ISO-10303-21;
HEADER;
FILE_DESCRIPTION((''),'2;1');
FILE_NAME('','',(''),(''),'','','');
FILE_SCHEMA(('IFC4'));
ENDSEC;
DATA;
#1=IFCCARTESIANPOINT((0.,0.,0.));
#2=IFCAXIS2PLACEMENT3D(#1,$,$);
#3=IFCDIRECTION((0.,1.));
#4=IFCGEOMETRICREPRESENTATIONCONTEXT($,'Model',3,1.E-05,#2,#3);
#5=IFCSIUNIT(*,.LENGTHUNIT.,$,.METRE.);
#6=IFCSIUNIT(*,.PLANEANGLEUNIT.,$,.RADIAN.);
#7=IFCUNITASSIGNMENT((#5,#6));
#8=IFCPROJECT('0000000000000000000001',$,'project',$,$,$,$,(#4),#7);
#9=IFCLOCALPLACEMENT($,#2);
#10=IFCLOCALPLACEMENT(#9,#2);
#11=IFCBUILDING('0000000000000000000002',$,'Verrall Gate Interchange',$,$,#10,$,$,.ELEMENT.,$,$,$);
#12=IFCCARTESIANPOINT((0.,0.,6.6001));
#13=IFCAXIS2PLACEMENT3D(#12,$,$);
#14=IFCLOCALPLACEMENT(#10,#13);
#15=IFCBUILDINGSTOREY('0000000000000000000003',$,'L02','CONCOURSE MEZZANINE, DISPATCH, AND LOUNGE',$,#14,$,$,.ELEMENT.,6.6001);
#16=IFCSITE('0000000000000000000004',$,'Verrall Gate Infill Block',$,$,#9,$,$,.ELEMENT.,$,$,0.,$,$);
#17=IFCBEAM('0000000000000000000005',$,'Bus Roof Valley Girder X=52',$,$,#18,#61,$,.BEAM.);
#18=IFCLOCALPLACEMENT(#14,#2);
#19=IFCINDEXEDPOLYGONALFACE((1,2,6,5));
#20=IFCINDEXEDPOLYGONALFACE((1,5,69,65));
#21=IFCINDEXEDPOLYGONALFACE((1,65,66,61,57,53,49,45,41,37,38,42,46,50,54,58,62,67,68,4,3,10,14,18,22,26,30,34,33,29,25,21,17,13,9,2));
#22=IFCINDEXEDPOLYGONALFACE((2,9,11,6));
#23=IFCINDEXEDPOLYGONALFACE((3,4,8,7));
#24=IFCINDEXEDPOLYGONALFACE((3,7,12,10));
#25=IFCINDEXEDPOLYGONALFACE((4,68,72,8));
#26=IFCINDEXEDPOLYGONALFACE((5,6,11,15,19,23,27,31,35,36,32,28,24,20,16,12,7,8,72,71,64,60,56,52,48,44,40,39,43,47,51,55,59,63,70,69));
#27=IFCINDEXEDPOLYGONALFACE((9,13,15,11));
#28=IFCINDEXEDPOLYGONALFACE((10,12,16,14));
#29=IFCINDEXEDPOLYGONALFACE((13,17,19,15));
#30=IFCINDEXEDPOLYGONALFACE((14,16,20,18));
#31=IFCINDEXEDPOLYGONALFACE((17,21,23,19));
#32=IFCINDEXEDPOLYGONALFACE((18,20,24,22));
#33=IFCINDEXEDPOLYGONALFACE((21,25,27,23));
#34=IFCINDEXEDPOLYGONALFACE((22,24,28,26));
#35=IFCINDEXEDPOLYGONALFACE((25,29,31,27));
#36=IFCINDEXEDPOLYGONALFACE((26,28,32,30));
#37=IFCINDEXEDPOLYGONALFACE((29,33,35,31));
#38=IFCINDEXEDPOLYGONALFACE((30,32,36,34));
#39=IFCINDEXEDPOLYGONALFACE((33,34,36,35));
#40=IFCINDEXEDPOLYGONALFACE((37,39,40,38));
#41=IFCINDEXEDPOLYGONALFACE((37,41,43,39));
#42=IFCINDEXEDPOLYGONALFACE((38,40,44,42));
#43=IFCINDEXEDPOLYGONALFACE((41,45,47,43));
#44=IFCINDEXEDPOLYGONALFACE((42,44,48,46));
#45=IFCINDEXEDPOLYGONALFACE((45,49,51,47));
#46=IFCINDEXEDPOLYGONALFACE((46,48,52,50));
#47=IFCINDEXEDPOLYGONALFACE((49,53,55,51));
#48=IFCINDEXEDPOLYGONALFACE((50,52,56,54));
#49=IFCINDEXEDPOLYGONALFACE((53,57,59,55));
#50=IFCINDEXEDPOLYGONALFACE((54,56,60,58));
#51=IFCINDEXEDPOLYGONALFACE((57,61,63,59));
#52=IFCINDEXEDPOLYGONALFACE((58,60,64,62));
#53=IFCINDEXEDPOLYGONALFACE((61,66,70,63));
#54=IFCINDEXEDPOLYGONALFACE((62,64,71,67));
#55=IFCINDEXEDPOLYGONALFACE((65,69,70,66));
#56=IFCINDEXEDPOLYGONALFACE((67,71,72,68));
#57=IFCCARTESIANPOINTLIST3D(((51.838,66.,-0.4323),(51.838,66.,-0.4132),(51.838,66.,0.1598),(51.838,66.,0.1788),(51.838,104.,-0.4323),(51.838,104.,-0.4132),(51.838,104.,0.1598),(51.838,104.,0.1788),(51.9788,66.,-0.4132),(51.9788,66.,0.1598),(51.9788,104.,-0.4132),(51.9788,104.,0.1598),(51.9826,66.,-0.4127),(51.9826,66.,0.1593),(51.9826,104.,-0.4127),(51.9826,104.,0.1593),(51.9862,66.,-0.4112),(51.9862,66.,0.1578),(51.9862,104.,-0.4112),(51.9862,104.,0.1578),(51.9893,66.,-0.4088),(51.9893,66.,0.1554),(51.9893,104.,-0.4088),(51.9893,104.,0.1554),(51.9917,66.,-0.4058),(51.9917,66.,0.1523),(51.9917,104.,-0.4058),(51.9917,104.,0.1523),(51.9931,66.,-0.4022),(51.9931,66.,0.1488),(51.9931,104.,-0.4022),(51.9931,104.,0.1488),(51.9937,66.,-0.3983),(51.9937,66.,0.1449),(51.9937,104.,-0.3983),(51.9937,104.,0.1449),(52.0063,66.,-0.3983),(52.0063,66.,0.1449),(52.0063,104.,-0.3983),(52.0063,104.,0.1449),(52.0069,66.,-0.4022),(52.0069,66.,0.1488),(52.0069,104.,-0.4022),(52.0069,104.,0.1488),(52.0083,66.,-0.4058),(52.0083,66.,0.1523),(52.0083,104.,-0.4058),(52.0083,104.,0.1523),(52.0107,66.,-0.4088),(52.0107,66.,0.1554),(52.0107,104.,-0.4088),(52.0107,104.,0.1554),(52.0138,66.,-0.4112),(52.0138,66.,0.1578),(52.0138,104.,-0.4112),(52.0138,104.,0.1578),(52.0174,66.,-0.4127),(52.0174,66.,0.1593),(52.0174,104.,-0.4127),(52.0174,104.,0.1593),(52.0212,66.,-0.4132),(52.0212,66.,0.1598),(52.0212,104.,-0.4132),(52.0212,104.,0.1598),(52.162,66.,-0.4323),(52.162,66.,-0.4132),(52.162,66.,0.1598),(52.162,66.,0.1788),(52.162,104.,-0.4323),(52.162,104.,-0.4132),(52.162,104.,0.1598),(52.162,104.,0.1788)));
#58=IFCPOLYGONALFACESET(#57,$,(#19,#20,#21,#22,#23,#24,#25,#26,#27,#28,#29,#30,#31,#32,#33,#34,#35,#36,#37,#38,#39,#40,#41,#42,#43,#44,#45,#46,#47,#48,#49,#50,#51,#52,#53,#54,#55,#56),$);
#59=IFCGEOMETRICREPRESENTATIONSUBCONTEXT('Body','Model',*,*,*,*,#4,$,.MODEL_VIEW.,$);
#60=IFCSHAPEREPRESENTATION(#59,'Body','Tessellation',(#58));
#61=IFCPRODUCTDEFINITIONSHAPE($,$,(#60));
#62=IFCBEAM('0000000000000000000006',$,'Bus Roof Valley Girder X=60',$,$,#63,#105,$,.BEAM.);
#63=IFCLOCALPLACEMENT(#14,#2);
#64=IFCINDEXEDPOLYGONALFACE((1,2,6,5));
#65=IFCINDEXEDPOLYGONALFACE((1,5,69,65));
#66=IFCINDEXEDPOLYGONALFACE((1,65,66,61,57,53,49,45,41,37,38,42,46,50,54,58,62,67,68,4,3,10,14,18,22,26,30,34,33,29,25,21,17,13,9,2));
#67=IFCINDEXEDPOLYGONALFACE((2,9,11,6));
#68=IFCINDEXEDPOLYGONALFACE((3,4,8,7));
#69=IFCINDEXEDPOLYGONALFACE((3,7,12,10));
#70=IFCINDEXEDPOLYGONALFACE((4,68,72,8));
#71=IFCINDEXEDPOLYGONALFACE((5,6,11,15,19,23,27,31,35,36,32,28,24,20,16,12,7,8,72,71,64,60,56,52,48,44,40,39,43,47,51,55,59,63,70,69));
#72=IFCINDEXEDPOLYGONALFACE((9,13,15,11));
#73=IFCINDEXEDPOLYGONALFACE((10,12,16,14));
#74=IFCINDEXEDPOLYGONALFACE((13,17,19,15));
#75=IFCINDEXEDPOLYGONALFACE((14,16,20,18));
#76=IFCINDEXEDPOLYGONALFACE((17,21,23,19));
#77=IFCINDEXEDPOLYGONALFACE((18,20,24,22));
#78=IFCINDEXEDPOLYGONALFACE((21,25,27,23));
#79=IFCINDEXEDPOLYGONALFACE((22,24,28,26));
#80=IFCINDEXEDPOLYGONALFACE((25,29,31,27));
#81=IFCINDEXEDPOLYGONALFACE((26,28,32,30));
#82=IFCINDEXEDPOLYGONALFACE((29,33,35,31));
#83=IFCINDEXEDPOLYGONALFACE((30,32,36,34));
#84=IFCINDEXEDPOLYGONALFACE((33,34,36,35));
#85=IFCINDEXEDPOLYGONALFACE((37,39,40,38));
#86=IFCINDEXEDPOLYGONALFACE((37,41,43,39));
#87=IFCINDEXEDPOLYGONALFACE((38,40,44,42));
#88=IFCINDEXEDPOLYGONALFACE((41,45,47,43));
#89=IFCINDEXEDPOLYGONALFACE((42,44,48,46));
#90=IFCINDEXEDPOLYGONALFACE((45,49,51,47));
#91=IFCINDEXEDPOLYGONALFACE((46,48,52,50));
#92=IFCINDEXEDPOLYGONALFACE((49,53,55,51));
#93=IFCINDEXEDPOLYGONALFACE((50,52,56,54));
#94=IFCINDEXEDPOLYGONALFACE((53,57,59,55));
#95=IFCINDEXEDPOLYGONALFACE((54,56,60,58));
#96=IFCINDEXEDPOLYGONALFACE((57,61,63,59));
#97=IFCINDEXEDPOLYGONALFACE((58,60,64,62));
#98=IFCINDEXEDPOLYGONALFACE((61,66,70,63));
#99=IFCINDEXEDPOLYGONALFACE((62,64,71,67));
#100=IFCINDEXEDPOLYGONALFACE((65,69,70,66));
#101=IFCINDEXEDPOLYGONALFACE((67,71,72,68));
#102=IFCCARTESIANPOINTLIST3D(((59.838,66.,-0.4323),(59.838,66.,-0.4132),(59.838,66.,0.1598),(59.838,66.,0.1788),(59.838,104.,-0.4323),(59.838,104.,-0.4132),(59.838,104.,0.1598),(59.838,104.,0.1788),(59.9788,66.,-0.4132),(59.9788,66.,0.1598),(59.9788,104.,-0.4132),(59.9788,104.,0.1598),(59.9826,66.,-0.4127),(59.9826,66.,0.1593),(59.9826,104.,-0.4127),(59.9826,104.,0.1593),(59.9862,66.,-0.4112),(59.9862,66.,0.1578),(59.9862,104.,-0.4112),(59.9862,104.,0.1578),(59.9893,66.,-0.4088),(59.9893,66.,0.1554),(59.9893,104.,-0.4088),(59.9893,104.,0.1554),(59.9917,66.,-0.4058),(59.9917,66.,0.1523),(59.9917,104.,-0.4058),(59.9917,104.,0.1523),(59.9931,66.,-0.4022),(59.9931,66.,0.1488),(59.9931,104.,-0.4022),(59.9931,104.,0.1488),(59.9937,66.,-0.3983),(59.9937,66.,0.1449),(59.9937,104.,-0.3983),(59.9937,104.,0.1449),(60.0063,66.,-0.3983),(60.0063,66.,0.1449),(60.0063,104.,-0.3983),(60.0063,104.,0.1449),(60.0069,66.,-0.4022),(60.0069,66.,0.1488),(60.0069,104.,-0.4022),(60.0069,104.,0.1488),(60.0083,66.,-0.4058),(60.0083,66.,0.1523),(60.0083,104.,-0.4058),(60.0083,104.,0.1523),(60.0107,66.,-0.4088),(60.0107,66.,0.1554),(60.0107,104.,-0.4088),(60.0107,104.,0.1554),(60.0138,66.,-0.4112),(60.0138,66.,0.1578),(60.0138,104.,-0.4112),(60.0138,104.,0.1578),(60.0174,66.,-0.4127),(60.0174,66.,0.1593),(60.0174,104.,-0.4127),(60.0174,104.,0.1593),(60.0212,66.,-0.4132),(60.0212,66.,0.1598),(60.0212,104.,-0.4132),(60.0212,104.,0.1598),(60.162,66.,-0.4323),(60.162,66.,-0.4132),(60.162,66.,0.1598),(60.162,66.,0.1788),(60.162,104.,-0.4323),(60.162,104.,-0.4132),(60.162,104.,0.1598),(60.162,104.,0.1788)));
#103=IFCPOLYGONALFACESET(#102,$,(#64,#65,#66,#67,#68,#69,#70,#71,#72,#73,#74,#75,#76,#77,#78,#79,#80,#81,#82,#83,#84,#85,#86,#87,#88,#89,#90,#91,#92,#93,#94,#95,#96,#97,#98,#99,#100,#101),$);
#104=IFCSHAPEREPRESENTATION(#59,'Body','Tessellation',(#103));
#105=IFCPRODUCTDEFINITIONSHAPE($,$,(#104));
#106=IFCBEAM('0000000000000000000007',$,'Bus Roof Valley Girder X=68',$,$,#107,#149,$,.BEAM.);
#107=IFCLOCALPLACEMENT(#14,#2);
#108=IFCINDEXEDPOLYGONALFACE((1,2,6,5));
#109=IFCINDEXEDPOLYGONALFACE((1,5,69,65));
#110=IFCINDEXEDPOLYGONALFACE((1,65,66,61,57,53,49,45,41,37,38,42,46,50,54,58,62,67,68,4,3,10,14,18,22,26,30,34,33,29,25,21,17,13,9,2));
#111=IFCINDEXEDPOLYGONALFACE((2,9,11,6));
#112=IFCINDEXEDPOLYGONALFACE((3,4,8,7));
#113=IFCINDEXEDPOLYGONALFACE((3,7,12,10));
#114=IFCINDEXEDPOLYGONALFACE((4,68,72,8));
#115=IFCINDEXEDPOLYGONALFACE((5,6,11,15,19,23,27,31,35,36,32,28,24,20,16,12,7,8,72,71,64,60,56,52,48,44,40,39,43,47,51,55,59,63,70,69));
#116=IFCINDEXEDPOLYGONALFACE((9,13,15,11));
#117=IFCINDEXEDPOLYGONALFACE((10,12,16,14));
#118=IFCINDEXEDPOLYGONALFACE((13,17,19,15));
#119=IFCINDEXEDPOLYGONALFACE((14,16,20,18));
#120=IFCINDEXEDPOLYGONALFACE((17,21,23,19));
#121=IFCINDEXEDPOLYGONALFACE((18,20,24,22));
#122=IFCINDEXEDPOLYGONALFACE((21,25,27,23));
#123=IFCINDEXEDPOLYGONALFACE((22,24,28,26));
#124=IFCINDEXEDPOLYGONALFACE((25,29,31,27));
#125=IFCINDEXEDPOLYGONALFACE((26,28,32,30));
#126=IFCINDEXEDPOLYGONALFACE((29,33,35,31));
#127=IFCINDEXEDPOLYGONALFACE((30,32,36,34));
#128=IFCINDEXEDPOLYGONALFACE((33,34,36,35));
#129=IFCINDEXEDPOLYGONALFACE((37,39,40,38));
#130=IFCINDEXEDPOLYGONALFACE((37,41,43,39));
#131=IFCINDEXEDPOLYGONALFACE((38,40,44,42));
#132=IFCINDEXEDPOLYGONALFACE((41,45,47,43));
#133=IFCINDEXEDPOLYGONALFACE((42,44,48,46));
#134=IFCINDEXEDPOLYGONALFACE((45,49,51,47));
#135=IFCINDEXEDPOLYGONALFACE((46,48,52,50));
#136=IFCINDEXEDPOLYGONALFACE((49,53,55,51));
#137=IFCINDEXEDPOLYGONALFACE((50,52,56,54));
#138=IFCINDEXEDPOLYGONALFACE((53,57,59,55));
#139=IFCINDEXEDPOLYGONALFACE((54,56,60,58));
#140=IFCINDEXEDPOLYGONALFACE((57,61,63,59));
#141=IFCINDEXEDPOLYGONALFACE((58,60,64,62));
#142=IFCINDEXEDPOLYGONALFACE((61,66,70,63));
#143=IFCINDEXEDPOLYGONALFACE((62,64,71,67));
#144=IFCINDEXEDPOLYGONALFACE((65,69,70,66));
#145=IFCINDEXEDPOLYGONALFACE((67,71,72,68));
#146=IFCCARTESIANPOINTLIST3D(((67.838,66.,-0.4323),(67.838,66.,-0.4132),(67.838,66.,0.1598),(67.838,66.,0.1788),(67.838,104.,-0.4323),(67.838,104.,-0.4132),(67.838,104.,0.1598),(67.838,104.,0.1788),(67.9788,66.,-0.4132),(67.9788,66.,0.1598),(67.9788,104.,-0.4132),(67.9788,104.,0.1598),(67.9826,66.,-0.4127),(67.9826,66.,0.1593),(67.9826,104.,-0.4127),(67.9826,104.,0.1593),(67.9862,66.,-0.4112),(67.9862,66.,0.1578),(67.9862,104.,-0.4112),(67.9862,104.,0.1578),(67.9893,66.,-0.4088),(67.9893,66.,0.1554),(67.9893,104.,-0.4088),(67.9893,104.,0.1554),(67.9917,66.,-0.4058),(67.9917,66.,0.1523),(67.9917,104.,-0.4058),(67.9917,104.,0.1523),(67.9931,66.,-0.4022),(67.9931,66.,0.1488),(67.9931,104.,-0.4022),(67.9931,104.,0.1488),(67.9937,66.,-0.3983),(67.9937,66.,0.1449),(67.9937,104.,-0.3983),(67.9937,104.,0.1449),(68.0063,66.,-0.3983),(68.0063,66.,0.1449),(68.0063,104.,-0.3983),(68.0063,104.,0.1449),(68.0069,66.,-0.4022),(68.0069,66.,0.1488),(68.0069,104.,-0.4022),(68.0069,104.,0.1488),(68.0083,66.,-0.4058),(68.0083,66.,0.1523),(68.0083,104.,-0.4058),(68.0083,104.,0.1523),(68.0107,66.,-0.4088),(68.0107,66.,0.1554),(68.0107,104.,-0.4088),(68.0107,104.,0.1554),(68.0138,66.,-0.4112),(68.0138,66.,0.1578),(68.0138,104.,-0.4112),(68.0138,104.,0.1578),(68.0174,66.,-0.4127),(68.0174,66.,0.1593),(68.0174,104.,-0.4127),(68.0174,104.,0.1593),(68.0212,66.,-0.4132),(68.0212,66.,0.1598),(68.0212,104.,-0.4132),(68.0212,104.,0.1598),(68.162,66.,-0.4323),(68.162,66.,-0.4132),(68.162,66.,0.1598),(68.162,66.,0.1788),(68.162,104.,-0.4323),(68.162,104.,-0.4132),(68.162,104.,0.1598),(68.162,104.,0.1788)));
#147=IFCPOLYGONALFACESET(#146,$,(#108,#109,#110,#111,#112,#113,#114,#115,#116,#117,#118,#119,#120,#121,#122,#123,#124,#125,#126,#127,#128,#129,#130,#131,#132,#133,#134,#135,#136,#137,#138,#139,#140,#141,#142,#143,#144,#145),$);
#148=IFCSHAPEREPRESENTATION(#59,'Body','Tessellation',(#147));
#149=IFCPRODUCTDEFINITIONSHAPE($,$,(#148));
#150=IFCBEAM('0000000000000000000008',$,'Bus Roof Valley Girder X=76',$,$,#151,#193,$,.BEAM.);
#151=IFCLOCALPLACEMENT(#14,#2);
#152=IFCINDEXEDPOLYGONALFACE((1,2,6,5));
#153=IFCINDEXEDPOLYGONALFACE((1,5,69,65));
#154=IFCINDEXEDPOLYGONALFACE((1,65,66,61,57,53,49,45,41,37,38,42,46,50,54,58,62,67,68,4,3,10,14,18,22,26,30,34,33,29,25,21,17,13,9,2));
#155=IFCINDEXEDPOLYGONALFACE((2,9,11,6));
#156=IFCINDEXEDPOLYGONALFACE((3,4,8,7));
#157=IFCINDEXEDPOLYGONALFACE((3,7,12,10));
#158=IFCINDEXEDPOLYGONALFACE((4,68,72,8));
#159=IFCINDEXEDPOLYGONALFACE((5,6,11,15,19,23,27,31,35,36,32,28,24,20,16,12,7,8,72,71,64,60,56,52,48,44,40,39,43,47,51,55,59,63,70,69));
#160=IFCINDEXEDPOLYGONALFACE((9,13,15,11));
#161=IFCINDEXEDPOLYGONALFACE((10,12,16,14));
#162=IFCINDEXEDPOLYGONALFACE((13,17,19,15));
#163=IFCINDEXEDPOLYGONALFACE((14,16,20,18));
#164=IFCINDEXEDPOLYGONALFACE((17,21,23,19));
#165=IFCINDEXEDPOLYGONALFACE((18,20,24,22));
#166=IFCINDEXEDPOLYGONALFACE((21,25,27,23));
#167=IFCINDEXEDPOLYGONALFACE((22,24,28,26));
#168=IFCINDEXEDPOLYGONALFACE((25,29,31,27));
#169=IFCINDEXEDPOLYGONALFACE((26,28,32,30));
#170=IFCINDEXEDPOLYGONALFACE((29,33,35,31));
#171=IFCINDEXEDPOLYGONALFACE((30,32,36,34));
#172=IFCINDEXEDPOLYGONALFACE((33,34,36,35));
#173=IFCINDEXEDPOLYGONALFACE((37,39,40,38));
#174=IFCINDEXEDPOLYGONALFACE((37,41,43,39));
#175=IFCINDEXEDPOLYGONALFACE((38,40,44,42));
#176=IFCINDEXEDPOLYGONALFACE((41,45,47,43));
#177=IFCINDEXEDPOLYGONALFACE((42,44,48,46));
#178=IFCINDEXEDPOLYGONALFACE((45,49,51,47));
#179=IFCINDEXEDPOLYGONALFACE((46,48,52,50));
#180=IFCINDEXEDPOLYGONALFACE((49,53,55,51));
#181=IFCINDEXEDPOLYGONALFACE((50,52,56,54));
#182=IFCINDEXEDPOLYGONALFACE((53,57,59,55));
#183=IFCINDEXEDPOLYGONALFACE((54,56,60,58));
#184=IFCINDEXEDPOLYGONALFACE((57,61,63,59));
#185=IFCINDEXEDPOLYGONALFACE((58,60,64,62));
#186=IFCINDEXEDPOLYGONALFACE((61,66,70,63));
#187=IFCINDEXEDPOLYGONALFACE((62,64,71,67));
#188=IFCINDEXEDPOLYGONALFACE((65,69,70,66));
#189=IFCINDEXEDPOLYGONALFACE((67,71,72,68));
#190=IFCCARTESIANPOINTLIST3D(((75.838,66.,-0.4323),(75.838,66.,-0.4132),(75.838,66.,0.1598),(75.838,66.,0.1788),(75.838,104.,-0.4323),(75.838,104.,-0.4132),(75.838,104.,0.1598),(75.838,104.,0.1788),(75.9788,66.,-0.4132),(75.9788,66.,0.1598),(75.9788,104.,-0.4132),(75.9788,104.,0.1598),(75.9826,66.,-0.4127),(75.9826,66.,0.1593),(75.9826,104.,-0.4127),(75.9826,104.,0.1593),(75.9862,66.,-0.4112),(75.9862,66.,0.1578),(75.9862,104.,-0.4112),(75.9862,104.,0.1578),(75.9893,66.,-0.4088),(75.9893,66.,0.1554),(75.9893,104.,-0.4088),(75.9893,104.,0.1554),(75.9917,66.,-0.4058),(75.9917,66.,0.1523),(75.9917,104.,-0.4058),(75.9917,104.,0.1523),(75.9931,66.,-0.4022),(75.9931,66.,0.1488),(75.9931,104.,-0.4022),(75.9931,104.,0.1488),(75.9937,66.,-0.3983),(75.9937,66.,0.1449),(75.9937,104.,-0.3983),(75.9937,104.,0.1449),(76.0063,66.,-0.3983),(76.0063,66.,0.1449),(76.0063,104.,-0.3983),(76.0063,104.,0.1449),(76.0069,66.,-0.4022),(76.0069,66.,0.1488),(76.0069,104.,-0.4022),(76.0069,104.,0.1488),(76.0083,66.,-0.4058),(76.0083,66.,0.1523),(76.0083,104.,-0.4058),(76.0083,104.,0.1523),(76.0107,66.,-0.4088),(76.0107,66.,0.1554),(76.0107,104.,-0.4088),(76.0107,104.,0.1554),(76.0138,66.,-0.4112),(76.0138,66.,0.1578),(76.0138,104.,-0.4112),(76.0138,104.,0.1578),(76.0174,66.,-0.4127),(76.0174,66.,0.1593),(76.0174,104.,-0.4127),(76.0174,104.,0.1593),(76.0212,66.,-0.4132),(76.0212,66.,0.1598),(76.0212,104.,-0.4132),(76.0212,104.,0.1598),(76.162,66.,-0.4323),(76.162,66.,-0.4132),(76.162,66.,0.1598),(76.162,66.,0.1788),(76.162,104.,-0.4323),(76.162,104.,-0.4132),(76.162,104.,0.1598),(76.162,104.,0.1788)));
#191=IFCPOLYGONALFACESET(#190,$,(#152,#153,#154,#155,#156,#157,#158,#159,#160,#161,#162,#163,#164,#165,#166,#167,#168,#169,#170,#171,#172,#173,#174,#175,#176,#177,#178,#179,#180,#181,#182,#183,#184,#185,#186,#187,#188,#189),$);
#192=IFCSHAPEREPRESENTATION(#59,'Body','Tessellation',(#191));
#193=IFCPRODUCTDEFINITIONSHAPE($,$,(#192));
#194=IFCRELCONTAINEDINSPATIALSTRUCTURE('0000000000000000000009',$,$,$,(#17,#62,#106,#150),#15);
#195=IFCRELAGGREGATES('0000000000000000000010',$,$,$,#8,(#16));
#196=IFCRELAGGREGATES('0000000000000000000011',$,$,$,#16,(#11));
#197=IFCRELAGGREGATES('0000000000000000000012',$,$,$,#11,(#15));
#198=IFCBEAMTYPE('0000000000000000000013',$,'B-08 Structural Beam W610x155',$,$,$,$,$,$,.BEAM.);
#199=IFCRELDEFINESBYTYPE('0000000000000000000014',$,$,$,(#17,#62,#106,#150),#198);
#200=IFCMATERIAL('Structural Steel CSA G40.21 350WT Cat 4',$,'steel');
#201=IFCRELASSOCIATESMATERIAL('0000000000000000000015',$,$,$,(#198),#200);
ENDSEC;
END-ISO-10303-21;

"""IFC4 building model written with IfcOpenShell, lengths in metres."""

from ifc_helpers import new_model, si_unit, direction, frame, origin, origin_2d, place, context, subcontext, project, spatial, i_section, extrude, material, material_profile, profile_set, type_object, element, save


model = new_model("IFC4")

# Units and contexts
model_context = context("Model", 3, precision=1e-05, world=origin(), true_north=direction((0.0, 1.0)))
body_context = subcontext(model_context, "Body", "Model", "MODEL_VIEW")
ifc_project = project(units=[si_unit("LENGTHUNIT", "METRE"), si_unit("PLANEANGLEUNIT", "RADIAN")], contexts=[model_context])

# Site, building, storey
site_placement = place(None, origin())
site = spatial("IfcSite", under=ifc_project, at=site_placement, Name="Verrall Gate Infill Block", CompositionType="ELEMENT", RefElevation=0.0)
building_placement = place(site_placement, origin())
building = spatial("IfcBuilding", under=site, at=building_placement, Name="Verrall Gate Interchange", CompositionType="ELEMENT")
storey_placement = place(building_placement, frame((0.0, 0.0, 6.6001)))
storey = spatial("IfcBuildingStorey", under=building, at=storey_placement, Name="L02", Description="CONCOURSE MEZZANINE, DISPATCH, AND LOUNGE", CompositionType="ELEMENT", Elevation=6.6001)

# Beams
ifc_material_1 = material(Name="Structural Steel CSA G40.21 350WT Cat 4", Category="steel")
ifc_material_profile_1 = material_profile(ifc_material_1, i_section(OverallWidth=0.324, OverallDepth=0.6111, WebThickness=0.0127, FlangeThickness=0.019, FilletRadius=0.0149, at=origin_2d()), Name="W610x155")
ifc_profile_set_1 = profile_set([ifc_material_profile_1], Name="Structural Steel CSA G40.21 350WT Cat 4")
beam_type_1 = type_object("IfcBeamType", Name="B-08 Structural Beam W610x155", PredefinedType="BEAM", material=ifc_profile_set_1)
for number, where, z_axis, x_axis, name in (
    (1, (52.0, 66.0, -0.1267), (0.0, 1.0, 0.0), (-1.0, 0.0, 0.0), "Bus Roof Valley Girder X=52"),
    (2, (60.0, 66.0, -0.1267), (0.0, 1.0, 0.0), (-1.0, 0.0, 0.0), "Bus Roof Valley Girder X=60"),
    (3, (68.0, 66.0, -0.1267), (0.0, 1.0, 0.0), (-1.0, 0.0, 0.0), "Bus Roof Valley Girder X=68"),
    (4, (76.0, 66.0, -0.1267), (0.0, 1.0, 0.0), (-1.0, 0.0, 0.0), "Bus Roof Valley Girder X=76"),
):
    element("IfcBeam", number, at=place(storey_placement, frame(where, z_axis=z_axis, x_axis=x_axis)), inside=storey, type_object=beam_type_1, Name=name, PredefinedType="BEAM", context=body_context, shape_type="SweptSolid", body=[
        extrude(i_section(OverallWidth=0.324, OverallDepth=0.6111, WebThickness=0.0127, FlangeThickness=0.019, FilletRadius=0.0149, at=origin_2d()), origin(), (0.0, 0.0, 1.0), 38.0),
    ])

save(model, "model.ifc")
